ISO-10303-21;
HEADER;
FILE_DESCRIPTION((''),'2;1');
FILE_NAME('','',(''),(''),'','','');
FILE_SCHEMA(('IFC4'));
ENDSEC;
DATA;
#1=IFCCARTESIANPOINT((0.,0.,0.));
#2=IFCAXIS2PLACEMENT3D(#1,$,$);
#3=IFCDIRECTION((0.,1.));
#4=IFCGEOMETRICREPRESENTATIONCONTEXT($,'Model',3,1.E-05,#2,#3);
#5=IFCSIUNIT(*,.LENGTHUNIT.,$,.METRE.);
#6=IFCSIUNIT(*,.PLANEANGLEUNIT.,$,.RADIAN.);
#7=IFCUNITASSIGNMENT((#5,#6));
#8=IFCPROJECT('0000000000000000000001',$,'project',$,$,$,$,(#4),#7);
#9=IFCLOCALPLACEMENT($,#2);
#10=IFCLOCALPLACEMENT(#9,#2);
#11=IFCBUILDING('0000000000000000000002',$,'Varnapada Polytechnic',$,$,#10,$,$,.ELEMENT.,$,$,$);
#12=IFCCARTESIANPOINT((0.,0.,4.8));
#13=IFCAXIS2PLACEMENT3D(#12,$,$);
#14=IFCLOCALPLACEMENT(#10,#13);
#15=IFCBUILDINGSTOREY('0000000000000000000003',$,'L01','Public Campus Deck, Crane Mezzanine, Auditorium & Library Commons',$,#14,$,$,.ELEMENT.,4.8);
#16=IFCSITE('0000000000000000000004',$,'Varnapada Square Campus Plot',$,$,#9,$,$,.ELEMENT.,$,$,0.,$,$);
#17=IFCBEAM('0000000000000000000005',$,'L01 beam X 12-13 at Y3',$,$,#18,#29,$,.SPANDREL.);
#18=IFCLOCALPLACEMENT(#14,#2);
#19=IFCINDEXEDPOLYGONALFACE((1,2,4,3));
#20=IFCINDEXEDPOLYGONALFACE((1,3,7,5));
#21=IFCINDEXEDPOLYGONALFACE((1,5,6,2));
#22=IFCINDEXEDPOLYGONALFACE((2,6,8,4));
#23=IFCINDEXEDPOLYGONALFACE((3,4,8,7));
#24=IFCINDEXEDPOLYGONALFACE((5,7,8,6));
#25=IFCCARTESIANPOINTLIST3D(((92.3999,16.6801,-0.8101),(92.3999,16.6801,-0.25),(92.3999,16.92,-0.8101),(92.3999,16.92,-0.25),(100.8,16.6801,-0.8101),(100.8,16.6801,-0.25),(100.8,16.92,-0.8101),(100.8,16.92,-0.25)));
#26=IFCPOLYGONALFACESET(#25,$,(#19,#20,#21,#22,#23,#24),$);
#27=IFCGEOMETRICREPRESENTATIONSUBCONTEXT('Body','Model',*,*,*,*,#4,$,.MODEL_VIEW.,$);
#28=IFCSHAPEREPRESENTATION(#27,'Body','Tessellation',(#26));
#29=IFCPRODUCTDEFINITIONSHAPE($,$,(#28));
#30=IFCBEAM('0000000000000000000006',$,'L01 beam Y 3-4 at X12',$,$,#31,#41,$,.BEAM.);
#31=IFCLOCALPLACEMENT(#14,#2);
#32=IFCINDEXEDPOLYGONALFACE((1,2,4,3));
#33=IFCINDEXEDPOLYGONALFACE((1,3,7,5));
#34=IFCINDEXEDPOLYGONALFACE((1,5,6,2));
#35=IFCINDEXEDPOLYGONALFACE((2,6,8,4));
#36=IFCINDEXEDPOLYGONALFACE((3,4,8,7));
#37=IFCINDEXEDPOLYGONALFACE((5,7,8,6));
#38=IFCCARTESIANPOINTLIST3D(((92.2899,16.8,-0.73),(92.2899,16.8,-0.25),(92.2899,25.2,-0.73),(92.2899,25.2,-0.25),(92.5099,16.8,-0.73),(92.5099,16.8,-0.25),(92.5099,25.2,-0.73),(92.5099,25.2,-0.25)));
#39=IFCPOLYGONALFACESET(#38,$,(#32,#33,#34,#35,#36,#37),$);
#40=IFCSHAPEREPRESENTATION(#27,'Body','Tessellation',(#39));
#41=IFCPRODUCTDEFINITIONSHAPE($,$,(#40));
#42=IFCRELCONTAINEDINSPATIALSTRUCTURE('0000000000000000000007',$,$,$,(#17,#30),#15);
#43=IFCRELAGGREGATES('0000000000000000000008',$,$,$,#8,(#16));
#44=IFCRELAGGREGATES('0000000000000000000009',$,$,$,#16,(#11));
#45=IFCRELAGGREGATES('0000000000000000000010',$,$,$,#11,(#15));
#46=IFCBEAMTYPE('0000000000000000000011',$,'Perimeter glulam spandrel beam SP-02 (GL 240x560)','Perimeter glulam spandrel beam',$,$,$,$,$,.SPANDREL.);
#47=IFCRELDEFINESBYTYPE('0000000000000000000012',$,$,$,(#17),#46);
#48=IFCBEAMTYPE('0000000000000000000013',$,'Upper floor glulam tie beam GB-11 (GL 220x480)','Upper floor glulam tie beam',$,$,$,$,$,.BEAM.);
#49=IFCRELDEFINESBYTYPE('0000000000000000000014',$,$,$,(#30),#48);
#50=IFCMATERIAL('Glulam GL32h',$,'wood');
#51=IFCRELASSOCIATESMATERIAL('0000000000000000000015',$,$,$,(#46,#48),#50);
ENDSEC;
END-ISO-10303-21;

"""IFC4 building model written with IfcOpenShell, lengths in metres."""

from ifc_helpers import new_model, si_unit, direction, frame, origin, origin_2d, place, context, subcontext, project, spatial, rectangle, extrude, material, material_profile, profile_set, type_object, element, save


model = new_model("IFC4")

# Units and contexts
model_context = context("Model", 3, precision=1e-05, world=origin(), true_north=direction((0.0, 1.0)))
body_context = subcontext(model_context, "Body", "Model", "MODEL_VIEW")
ifc_project = project(units=[si_unit("LENGTHUNIT", "METRE"), si_unit("PLANEANGLEUNIT", "RADIAN")], contexts=[model_context])

# Site, building, storey
site_placement = place(None, origin())
site = spatial("IfcSite", under=ifc_project, at=site_placement, Name="Varnapada Square Campus Plot", CompositionType="ELEMENT", RefElevation=0.0)
building_placement = place(site_placement, origin())
building = spatial("IfcBuilding", under=site, at=building_placement, Name="Varnapada Polytechnic", CompositionType="ELEMENT")
storey_placement = place(building_placement, frame((0.0, 0.0, 4.8)))
storey = spatial("IfcBuildingStorey", under=building, at=storey_placement, Name="L01", Description="Public Campus Deck, Crane Mezzanine, Auditorium & Library Commons", CompositionType="ELEMENT", Elevation=4.8)

# Beams
ifc_material_1 = material(Name="Glulam GL32h", Category="wood")
ifc_material_profile_1 = material_profile(ifc_material_1, rectangle(XDim=0.24, YDim=0.5601, at=origin_2d()), Name="GL 240x560")
ifc_profile_set_1 = profile_set([ifc_material_profile_1], Name="Glulam GL32h")
beam_type_1 = type_object("IfcBeamType", Name="Perimeter glulam spandrel beam SP-02 (GL 240x560)", Description="Perimeter glulam spandrel beam", PredefinedType="SPANDREL", material=ifc_profile_set_1)
beam_1_placement = place(storey_placement, frame((92.3999, 16.8, -0.53), z_axis=(1.0, 0.0, 0.0), x_axis=(0.0, 1.0, 0.0)))
element("IfcBeam", 1, at=beam_1_placement, inside=storey, type_object=beam_type_1, Name="L01 beam X 12-13 at Y3", PredefinedType="SPANDREL", context=body_context, shape_type="SweptSolid", body=[
    extrude(rectangle(XDim=0.24, YDim=0.5601, at=origin_2d()), origin(), (0.0, 0.0, 1.0), 8.4001),
])
ifc_material_profile_2 = material_profile(ifc_material_1, rectangle(XDim=0.22, YDim=0.48, at=origin_2d()), Name="GL 220x480")
ifc_profile_set_2 = profile_set([ifc_material_profile_2], Name="Glulam GL32h")
beam_type_2 = type_object("IfcBeamType", Name="Upper floor glulam tie beam GB-11 (GL 220x480)", Description="Upper floor glulam tie beam", PredefinedType="BEAM", material=ifc_profile_set_2)
beam_2_placement = place(storey_placement, frame((92.3999, 16.8, -0.49), z_axis=(0.0, 1.0, 0.0), x_axis=(-1.0, 0.0, 0.0)))
element("IfcBeam", 2, at=beam_2_placement, inside=storey, type_object=beam_type_2, Name="L01 beam Y 3-4 at X12", PredefinedType="BEAM", context=body_context, shape_type="SweptSolid", body=[
    extrude(rectangle(XDim=0.22, YDim=0.48, at=origin_2d()), origin(), (0.0, 0.0, 1.0), 8.3999),
])

save(model, "model.ifc")
